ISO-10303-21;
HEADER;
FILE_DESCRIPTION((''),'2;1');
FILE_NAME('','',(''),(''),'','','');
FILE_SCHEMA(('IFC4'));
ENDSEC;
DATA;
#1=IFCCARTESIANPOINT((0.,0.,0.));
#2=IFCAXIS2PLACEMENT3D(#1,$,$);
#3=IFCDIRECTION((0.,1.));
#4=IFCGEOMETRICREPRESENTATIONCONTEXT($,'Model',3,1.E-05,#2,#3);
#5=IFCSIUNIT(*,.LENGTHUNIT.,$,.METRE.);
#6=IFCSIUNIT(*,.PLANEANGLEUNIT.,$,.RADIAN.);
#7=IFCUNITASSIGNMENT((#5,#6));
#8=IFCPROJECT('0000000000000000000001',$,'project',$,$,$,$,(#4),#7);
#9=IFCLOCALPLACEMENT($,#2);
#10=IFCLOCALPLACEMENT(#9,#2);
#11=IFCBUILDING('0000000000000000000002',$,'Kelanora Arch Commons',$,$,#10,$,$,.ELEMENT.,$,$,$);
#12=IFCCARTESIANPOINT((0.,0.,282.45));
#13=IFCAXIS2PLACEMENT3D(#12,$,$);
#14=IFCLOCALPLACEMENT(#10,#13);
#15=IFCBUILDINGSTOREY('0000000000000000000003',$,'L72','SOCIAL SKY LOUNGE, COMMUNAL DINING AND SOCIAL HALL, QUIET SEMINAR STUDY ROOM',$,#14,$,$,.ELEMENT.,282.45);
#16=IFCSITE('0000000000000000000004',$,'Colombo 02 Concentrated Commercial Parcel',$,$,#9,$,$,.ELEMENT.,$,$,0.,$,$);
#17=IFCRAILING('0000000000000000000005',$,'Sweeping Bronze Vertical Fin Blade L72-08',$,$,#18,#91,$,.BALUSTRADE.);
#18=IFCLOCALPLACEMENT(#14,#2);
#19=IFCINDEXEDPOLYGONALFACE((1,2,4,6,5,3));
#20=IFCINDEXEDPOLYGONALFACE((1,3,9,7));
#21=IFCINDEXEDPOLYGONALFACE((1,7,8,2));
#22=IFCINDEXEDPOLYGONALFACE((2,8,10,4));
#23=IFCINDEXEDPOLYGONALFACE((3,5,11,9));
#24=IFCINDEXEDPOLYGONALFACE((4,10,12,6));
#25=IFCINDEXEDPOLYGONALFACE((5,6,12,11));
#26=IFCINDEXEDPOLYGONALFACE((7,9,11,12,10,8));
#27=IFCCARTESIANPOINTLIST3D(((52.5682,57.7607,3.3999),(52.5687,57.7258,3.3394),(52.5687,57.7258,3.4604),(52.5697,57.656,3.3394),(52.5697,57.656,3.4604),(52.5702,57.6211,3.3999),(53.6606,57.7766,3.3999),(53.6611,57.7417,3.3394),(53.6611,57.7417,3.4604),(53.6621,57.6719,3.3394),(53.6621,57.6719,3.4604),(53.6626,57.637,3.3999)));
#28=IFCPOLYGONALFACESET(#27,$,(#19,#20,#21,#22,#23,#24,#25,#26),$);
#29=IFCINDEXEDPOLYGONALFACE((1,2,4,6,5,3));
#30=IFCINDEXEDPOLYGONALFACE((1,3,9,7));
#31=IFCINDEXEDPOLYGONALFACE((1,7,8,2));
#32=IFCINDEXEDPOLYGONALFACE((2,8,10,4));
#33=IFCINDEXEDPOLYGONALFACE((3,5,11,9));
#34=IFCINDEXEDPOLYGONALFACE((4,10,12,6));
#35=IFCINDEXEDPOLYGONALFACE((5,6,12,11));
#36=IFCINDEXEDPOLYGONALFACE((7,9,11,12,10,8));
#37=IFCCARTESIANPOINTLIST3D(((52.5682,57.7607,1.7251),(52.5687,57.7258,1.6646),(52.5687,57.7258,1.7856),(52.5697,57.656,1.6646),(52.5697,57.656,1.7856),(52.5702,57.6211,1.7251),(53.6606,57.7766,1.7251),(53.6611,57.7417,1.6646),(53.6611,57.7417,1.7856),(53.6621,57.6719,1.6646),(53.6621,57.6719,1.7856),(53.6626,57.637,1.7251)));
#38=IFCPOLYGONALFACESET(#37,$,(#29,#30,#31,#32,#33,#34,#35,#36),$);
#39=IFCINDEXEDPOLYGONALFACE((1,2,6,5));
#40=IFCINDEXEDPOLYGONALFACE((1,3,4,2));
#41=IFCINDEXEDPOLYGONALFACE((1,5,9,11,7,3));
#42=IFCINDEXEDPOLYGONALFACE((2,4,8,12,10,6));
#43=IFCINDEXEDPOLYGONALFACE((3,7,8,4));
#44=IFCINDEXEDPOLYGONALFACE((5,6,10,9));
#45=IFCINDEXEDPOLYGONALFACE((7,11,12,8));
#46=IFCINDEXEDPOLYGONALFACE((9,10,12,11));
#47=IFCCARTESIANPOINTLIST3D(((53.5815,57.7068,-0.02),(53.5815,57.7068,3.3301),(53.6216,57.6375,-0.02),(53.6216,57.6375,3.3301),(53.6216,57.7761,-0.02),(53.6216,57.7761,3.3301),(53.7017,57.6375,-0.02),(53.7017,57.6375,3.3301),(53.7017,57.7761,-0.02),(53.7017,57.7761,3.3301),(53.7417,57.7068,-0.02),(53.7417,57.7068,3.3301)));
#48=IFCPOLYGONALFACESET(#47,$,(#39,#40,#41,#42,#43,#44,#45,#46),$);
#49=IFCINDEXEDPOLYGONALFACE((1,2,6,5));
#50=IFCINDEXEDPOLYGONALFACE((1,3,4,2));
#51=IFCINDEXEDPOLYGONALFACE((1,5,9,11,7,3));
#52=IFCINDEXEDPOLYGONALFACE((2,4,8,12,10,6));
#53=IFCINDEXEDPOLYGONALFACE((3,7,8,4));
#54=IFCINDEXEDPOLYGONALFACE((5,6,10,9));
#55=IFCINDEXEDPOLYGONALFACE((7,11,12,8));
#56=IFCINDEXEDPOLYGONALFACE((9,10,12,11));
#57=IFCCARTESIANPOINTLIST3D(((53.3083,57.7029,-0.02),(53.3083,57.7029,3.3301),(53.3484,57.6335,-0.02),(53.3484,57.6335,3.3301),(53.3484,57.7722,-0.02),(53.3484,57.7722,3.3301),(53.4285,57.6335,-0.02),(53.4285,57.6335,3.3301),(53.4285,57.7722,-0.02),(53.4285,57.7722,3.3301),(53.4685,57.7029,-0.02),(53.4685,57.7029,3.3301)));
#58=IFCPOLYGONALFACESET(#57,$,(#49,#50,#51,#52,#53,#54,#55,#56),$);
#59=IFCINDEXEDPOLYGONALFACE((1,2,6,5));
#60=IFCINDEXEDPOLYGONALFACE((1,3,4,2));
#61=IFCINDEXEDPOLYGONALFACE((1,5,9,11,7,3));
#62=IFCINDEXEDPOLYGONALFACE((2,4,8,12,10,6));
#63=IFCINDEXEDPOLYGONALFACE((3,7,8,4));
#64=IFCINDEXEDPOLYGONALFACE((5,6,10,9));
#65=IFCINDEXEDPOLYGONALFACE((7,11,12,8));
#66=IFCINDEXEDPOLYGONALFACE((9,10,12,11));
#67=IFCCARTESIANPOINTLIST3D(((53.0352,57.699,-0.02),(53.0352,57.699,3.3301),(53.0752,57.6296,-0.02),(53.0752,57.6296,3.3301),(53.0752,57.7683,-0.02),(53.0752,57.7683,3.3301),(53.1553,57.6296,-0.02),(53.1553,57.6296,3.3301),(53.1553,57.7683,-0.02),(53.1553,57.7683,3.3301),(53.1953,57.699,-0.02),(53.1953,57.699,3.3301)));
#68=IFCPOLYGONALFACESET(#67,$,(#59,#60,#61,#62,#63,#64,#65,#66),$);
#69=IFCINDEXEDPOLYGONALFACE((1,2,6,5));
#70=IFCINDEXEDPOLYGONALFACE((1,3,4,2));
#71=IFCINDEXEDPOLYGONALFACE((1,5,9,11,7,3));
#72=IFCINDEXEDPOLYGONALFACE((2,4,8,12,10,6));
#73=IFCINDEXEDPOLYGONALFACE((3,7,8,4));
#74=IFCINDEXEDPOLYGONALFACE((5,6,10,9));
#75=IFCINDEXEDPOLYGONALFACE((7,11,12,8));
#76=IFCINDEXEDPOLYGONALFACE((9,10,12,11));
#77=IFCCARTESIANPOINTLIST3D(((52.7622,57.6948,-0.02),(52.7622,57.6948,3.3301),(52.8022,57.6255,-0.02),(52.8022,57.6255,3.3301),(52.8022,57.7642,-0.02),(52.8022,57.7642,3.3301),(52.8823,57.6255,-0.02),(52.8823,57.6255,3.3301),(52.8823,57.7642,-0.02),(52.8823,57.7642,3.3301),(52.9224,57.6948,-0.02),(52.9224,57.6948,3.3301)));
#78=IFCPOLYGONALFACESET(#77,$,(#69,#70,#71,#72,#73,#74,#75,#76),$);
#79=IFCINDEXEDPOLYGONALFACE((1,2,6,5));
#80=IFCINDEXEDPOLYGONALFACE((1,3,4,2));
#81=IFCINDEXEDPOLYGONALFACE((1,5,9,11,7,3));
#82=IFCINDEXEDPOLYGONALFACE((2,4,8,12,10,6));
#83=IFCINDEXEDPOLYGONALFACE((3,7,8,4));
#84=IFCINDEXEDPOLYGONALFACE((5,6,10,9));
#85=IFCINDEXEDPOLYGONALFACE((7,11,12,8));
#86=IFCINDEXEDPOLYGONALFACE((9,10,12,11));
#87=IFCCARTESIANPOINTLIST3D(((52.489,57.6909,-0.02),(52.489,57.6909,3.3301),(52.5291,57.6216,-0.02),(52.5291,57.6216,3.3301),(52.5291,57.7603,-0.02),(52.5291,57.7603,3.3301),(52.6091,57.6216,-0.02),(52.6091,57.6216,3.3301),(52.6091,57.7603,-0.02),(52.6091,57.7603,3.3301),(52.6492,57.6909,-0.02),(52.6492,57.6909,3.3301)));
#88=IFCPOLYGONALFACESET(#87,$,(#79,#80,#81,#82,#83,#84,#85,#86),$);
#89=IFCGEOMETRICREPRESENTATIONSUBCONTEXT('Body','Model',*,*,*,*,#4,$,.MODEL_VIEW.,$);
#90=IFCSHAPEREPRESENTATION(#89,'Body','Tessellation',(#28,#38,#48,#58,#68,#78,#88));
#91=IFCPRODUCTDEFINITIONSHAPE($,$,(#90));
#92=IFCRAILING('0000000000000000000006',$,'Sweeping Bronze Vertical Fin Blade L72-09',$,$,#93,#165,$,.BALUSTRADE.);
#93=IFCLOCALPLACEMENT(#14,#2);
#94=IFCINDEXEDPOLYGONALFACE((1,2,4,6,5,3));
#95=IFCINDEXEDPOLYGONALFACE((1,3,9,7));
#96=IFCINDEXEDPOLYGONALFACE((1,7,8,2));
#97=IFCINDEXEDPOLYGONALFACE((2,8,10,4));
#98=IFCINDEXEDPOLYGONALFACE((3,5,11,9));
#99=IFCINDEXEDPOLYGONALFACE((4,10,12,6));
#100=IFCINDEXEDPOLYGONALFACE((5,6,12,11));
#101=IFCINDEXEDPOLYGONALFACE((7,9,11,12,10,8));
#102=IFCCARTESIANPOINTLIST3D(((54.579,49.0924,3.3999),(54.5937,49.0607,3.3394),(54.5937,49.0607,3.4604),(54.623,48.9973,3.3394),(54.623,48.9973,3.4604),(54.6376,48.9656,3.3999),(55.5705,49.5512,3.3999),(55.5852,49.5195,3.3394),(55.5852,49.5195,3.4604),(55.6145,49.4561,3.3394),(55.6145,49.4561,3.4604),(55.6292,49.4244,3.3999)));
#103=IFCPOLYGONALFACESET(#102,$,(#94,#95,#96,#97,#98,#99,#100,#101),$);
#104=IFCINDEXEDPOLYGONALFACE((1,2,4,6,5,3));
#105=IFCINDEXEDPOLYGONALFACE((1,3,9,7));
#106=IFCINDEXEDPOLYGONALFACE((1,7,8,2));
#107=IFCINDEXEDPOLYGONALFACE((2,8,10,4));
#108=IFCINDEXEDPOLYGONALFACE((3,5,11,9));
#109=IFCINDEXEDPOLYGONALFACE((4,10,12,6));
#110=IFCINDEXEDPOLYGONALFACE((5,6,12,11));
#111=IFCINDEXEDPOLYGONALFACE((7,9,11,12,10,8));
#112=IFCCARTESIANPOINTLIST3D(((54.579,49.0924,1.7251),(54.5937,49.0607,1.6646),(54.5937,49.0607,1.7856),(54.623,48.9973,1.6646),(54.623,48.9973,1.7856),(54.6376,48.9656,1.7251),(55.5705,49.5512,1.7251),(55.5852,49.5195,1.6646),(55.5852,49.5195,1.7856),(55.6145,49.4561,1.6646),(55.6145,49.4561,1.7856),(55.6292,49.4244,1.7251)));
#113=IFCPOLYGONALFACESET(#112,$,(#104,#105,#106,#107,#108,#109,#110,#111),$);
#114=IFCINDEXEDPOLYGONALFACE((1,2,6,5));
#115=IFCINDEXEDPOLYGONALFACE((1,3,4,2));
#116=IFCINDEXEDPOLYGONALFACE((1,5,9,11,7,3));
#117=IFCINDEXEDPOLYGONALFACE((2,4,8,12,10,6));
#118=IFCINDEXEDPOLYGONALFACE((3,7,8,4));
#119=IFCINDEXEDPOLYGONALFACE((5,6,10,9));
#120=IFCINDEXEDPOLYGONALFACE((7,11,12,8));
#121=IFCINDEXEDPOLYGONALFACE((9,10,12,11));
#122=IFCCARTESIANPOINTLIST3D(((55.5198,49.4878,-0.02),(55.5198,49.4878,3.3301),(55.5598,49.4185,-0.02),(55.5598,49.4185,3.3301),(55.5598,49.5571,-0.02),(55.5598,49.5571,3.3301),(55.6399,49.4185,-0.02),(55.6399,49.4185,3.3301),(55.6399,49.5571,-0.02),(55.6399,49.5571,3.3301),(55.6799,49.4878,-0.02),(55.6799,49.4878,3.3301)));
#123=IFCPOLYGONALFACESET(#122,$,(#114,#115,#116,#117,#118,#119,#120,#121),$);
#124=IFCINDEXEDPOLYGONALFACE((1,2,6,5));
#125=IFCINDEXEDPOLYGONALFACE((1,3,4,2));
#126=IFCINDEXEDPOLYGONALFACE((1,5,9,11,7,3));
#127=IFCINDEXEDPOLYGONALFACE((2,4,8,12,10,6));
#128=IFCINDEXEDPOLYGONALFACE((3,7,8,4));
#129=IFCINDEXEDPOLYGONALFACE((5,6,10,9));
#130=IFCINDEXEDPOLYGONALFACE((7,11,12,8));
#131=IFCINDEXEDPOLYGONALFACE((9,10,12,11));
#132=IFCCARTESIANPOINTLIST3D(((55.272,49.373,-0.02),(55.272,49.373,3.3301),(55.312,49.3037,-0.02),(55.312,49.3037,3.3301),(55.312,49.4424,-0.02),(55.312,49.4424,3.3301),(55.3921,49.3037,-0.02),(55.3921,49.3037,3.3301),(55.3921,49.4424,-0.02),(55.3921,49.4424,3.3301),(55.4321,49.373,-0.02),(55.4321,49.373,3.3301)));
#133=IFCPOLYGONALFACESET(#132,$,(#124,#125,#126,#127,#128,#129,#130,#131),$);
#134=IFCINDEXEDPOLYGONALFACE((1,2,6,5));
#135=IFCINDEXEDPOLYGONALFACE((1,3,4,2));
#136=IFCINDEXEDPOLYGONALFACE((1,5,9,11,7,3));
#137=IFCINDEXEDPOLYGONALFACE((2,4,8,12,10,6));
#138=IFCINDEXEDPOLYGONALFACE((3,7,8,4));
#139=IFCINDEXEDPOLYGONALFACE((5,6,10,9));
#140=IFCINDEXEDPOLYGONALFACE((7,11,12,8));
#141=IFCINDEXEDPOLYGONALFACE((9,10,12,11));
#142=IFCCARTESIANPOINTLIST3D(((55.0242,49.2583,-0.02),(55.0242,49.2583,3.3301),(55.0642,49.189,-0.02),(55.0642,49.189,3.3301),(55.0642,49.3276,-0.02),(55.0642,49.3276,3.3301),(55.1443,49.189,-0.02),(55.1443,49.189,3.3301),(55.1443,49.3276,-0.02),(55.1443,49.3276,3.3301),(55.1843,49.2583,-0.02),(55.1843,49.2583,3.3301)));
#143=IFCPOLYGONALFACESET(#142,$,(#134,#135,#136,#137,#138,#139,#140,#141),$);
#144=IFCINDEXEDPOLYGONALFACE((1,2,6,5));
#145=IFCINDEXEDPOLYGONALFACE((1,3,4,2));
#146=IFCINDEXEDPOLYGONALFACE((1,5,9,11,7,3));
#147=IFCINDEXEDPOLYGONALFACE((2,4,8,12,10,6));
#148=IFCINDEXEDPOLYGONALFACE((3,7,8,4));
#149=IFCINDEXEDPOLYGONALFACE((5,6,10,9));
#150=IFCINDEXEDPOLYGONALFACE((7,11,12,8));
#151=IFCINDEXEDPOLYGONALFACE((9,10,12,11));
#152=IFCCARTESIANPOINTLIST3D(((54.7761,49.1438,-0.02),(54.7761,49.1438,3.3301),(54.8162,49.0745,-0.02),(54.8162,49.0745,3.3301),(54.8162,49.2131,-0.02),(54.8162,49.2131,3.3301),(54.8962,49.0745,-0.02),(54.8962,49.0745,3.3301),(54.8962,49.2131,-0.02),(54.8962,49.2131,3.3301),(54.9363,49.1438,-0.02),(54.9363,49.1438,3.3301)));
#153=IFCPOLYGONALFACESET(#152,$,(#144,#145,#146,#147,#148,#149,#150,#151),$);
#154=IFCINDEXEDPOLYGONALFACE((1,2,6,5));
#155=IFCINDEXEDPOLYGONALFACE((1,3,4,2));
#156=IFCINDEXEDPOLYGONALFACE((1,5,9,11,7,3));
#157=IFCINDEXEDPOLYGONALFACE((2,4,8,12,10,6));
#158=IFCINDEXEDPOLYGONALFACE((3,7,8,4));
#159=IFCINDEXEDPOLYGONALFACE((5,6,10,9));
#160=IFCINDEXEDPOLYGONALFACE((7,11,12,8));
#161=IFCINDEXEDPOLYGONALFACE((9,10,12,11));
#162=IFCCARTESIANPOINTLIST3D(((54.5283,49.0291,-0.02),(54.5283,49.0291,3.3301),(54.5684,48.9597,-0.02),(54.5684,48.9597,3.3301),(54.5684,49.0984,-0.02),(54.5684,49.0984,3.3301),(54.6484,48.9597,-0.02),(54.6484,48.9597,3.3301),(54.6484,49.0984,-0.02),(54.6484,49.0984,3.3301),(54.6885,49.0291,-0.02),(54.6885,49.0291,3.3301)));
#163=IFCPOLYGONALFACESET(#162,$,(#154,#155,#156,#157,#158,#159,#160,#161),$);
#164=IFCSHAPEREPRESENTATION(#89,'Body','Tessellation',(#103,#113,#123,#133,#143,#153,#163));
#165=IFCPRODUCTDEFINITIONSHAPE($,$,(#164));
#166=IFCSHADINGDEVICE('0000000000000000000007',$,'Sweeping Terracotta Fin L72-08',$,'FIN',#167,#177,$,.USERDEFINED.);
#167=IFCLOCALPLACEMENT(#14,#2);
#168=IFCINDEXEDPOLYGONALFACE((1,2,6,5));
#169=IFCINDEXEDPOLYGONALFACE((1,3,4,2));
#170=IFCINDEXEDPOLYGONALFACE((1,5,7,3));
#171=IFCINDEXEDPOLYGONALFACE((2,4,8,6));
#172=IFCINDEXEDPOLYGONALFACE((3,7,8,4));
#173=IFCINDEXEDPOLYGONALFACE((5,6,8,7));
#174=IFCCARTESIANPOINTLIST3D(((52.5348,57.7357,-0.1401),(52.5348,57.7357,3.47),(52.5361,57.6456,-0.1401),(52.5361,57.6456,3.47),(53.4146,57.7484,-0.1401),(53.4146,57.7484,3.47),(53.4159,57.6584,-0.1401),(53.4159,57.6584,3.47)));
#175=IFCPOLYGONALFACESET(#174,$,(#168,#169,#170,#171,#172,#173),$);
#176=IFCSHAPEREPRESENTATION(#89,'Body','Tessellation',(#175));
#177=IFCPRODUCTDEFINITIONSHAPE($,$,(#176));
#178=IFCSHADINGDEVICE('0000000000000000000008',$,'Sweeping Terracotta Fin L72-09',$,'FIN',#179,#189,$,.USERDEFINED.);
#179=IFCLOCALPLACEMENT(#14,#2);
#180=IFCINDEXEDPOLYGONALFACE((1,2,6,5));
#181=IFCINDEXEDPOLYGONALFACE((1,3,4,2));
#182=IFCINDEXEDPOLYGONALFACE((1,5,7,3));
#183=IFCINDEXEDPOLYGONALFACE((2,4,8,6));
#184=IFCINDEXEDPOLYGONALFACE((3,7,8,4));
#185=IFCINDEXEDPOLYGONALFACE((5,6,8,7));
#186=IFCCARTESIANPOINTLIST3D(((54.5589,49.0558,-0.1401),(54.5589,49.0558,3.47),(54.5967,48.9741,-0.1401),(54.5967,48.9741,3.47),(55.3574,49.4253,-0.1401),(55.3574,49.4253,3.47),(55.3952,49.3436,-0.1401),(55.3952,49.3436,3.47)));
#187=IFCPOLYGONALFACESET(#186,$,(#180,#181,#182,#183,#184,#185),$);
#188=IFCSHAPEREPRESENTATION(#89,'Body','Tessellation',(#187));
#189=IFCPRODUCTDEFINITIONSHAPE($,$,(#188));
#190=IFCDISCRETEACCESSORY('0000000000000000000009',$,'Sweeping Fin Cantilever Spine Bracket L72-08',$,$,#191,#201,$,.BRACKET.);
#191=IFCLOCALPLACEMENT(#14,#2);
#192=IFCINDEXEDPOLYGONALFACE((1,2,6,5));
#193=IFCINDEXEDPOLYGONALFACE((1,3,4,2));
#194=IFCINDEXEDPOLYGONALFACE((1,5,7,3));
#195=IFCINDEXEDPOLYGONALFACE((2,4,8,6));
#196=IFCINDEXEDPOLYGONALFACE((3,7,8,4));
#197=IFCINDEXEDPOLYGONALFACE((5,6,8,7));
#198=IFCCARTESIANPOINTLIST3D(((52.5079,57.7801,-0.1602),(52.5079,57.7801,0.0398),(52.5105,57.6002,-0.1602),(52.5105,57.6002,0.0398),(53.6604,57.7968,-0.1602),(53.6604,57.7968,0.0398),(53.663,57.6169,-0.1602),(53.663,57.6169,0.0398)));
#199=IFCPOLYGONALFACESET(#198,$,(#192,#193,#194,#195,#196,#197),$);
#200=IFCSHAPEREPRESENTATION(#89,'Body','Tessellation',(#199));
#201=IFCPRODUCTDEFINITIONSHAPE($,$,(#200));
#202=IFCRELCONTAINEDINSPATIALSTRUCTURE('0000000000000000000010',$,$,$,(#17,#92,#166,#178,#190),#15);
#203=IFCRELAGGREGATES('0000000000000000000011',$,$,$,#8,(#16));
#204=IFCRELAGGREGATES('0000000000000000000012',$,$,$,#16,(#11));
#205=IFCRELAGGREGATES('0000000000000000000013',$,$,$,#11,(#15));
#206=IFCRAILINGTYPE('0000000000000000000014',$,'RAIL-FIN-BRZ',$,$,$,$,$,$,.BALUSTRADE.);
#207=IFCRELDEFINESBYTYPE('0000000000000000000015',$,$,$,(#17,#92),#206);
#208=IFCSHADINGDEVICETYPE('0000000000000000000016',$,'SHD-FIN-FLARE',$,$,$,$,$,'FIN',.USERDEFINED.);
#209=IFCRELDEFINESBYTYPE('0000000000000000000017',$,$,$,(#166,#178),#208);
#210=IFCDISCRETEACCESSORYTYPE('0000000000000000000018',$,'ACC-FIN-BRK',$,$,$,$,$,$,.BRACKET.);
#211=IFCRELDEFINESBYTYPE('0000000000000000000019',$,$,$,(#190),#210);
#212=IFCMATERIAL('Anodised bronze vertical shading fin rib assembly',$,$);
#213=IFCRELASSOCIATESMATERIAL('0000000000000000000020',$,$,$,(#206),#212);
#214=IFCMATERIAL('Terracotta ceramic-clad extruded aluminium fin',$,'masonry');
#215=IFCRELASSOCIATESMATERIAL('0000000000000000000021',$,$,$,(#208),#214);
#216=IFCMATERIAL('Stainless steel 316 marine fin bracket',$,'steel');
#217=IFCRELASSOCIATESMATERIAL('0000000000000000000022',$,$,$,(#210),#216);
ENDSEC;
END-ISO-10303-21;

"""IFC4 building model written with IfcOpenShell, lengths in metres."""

from ifc_helpers import new_model, si_unit, direction, frame, origin, origin_2d, place, context, subcontext, project, spatial, polyline, rectangle, outline, extrude, source, transform, mapped, material, type_object, element, save


model = new_model("IFC4")

# Units and contexts
model_context = context("Model", 3, precision=1e-05, world=origin(), true_north=direction((0.0, 1.0)))
body_context = subcontext(model_context, "Body", "Model", "MODEL_VIEW")
ifc_project = project(units=[si_unit("LENGTHUNIT", "METRE"), si_unit("PLANEANGLEUNIT", "RADIAN")], contexts=[model_context])

# Site, building, storey
site_placement = place(None, origin())
site = spatial("IfcSite", under=ifc_project, at=site_placement, Name="Colombo 02 Concentrated Commercial Parcel", CompositionType="ELEMENT", RefElevation=0.0)
building_placement = place(site_placement, origin())
building = spatial("IfcBuilding", under=site, at=building_placement, Name="Kelanora Arch Commons", CompositionType="ELEMENT")
storey_placement = place(building_placement, frame((0.0, 0.0, 282.45)))
storey = spatial("IfcBuildingStorey", under=building, at=storey_placement, Name="L72", Description="SOCIAL SKY LOUNGE, COMMUNAL DINING AND SOCIAL HALL, QUIET SEMINAR STUDY ROOM", CompositionType="ELEMENT", Elevation=282.45)

# Railings
ifc_material_1 = material(Name="Anodised bronze vertical shading fin rib assembly")
railing_type = type_object("IfcRailingType", Name="RAIL-FIN-BRZ", PredefinedType="BALUSTRADE", material=ifc_material_1)
railing_1_placement = place(storey_placement, frame((53.6616, 57.7068, -0.02)))
element("IfcRailing", 1, at=railing_1_placement, inside=storey, type_object=railing_type, Name="Sweeping Bronze Vertical Fin Blade L72-08", PredefinedType="BALUSTRADE", context=body_context, shape_type="SweptSolid", body=[
    extrude(outline(polyline([(0.0698, 0.0), (0.0349, 0.0605), (-0.0349, 0.0605), (-0.0698, 0.0), (-0.0349, -0.0605), (0.0349, -0.0605), (0.0698, 0.0)])), frame((0.0, 0.0, 3.4199), z_axis=(-0.999895, -0.014524, 0.0), x_axis=(0.014524, -0.999895, 0.0)), (0.0, 0.0, 1.0), 1.0925),
    extrude(outline(polyline([(0.0698, 0.0), (0.0349, 0.0605), (-0.0349, 0.0605), (-0.0698, 0.0), (-0.0349, -0.0605), (0.0349, -0.0605), (0.0698, 0.0)])), frame((0.0, 0.0, 1.7451), z_axis=(-0.999895, -0.014524, 0.0), x_axis=(0.014524, -0.999895, 0.0)), (0.0, 0.0, 1.0), 1.0925),
    extrude(outline(polyline([(0.0801, 0.0), (0.04, 0.0693), (-0.04, 0.0693), (-0.0801, 0.0), (-0.04, -0.0693), (0.04, -0.0693), (0.0801, 0.0)])), origin(), (0.0, 0.0, 1.0), 3.3501),
    extrude(outline(polyline([(0.0801, 0.0), (0.04, 0.0693), (-0.04, 0.0693), (-0.0801, 0.0), (-0.04, -0.0693), (0.04, -0.0693), (0.0801, 0.0)])), frame((-0.2732, -0.0039, 0.0)), (0.0, 0.0, 1.0), 3.3501),
    extrude(outline(polyline([(0.0801, 0.0), (0.04, 0.0693), (-0.04, 0.0693), (-0.0801, 0.0), (-0.04, -0.0693), (0.04, -0.0693), (0.0801, 0.0)])), frame((-0.5464, -0.0078, 0.0)), (0.0, 0.0, 1.0), 3.3501),
    extrude(outline(polyline([(0.0801, 0.0), (0.04, 0.0693), (-0.04, 0.0693), (-0.0801, 0.0), (-0.04, -0.0693), (0.04, -0.0693), (0.0801, 0.0)])), frame((-0.8193, -0.012, 0.0)), (0.0, 0.0, 1.0), 3.3501),
    extrude(outline(polyline([(0.0801, 0.0), (0.04, 0.0693), (-0.04, 0.0693), (-0.0801, 0.0), (-0.04, -0.0693), (0.04, -0.0693), (0.0801, 0.0)])), frame((-1.0925, -0.0159, 0.0)), (0.0, 0.0, 1.0), 3.3501),
])
railing_2_placement = place(storey_placement, frame((55.5999, 49.4878, -0.02)))
element("IfcRailing", 2, at=railing_2_placement, inside=storey, type_object=railing_type, Name="Sweeping Bronze Vertical Fin Blade L72-09", PredefinedType="BALUSTRADE", context=body_context, shape_type="SweptSolid", body=[
    extrude(outline(polyline([(0.0698, 0.0), (0.0349, 0.0605), (-0.0349, 0.0605), (-0.0698, 0.0), (-0.0349, -0.0605), (0.0349, -0.0605), (0.0698, 0.0)])), frame((0.0, 0.0, 3.4199), z_axis=(-0.90756, -0.419922, 0.0), x_axis=(0.419922, -0.90756, 0.0)), (0.0, 0.0, 1.0), 1.0925),
    extrude(outline(polyline([(0.0698, 0.0), (0.0349, 0.0605), (-0.0349, 0.0605), (-0.0698, 0.0), (-0.0349, -0.0605), (0.0349, -0.0605), (0.0698, 0.0)])), frame((0.0, 0.0, 1.7451), z_axis=(-0.90756, -0.419922, 0.0), x_axis=(0.419922, -0.90756, 0.0)), (0.0, 0.0, 1.0), 1.0925),
    extrude(outline(polyline([(0.0801, 0.0), (0.04, 0.0693), (-0.04, 0.0693), (-0.0801, 0.0), (-0.04, -0.0693), (0.04, -0.0693), (0.0801, 0.0)])), origin(), (0.0, 0.0, 1.0), 3.3501),
    extrude(outline(polyline([(0.0801, 0.0), (0.04, 0.0693), (-0.04, 0.0693), (-0.0801, 0.0), (-0.04, -0.0693), (0.04, -0.0693), (0.0801, 0.0)])), frame((-0.2478, -0.1147, 0.0)), (0.0, 0.0, 1.0), 3.3501),
    extrude(outline(polyline([(0.0801, 0.0), (0.04, 0.0693), (-0.04, 0.0693), (-0.0801, 0.0), (-0.04, -0.0693), (0.04, -0.0693), (0.0801, 0.0)])), frame((-0.4956, -0.2295, 0.0)), (0.0, 0.0, 1.0), 3.3501),
    extrude(outline(polyline([(0.0801, 0.0), (0.04, 0.0693), (-0.04, 0.0693), (-0.0801, 0.0), (-0.04, -0.0693), (0.04, -0.0693), (0.0801, 0.0)])), frame((-0.7437, -0.344, 0.0)), (0.0, 0.0, 1.0), 3.3501),
    extrude(outline(polyline([(0.0801, 0.0), (0.04, 0.0693), (-0.04, 0.0693), (-0.0801, 0.0), (-0.04, -0.0693), (0.04, -0.0693), (0.0801, 0.0)])), frame((-0.9915, -0.4587, 0.0)), (0.0, 0.0, 1.0), 3.3501),
])

# Shading devices
ifc_material_2 = material(Name="Terracotta ceramic-clad extruded aluminium fin", Category="masonry")
shading_device_type = type_object("IfcShadingDeviceType", Name="SHD-FIN-FLARE", ElementType="FIN", PredefinedType="USERDEFINED", material=ifc_material_2)
shared_shape_1 = source(origin(), body_context, "Body", "SweptSolid", [
    extrude(rectangle(XDim=0.8799, YDim=0.0901, at=origin_2d()), origin(), (0.0, 0.0, 1.0), 3.6101),
])
for number, where, z_axis, x_axis, name in (
    (3, (52.9753, 57.697, -0.1401), (0.0, 0.0, 1.0), (-0.999895, -0.014486, 0.0), "Sweeping Terracotta Fin L72-08"),
    (4, (54.9771, 49.1997, -0.1401), (0.0, 0.0, 1.0), (-0.907558, -0.419927, 0.0), "Sweeping Terracotta Fin L72-09"),
):
    element("IfcShadingDevice", number, at=place(storey_placement, frame(where, z_axis=z_axis, x_axis=x_axis)), inside=storey, type_object=shading_device_type, Name=name, ObjectType="FIN", PredefinedType="USERDEFINED", context=body_context, shape_type="MappedRepresentation", body=[
        mapped(shared_shape_1, transform((0.0, 0.0, 0.0), scale=1.0)),
    ])

# Discrete accessory
ifc_material_3 = material(Name="Stainless steel 316 marine fin bracket", Category="steel")
discrete_accessory_type = type_object("IfcDiscreteAccessoryType", Name="ACC-FIN-BRK", PredefinedType="BRACKET", material=ifc_material_3)
shared_shape_2 = source(origin(), body_context, "Body", "SweptSolid", [
    extrude(rectangle(XDim=1.1526, YDim=0.1799, at=origin_2d()), origin(), (0.0, 0.0, 1.0), 0.2),
])
for number, where, z_axis, x_axis, name in (
    (5, (53.0854, 57.6985, -0.1602), (0.0, 0.0, 1.0), (-0.999895, -0.014486, 0.0), "Sweeping Fin Cantilever Spine Bracket L72-08"),
):
    element("IfcDiscreteAccessory", number, at=place(storey_placement, frame(where, z_axis=z_axis, x_axis=x_axis)), inside=storey, type_object=discrete_accessory_type, Name=name, PredefinedType="BRACKET", context=body_context, shape_type="MappedRepresentation", body=[
        mapped(shared_shape_2, transform((0.0, 0.0, 0.0), scale=1.0)),
    ])

save(model, "model.ifc")
